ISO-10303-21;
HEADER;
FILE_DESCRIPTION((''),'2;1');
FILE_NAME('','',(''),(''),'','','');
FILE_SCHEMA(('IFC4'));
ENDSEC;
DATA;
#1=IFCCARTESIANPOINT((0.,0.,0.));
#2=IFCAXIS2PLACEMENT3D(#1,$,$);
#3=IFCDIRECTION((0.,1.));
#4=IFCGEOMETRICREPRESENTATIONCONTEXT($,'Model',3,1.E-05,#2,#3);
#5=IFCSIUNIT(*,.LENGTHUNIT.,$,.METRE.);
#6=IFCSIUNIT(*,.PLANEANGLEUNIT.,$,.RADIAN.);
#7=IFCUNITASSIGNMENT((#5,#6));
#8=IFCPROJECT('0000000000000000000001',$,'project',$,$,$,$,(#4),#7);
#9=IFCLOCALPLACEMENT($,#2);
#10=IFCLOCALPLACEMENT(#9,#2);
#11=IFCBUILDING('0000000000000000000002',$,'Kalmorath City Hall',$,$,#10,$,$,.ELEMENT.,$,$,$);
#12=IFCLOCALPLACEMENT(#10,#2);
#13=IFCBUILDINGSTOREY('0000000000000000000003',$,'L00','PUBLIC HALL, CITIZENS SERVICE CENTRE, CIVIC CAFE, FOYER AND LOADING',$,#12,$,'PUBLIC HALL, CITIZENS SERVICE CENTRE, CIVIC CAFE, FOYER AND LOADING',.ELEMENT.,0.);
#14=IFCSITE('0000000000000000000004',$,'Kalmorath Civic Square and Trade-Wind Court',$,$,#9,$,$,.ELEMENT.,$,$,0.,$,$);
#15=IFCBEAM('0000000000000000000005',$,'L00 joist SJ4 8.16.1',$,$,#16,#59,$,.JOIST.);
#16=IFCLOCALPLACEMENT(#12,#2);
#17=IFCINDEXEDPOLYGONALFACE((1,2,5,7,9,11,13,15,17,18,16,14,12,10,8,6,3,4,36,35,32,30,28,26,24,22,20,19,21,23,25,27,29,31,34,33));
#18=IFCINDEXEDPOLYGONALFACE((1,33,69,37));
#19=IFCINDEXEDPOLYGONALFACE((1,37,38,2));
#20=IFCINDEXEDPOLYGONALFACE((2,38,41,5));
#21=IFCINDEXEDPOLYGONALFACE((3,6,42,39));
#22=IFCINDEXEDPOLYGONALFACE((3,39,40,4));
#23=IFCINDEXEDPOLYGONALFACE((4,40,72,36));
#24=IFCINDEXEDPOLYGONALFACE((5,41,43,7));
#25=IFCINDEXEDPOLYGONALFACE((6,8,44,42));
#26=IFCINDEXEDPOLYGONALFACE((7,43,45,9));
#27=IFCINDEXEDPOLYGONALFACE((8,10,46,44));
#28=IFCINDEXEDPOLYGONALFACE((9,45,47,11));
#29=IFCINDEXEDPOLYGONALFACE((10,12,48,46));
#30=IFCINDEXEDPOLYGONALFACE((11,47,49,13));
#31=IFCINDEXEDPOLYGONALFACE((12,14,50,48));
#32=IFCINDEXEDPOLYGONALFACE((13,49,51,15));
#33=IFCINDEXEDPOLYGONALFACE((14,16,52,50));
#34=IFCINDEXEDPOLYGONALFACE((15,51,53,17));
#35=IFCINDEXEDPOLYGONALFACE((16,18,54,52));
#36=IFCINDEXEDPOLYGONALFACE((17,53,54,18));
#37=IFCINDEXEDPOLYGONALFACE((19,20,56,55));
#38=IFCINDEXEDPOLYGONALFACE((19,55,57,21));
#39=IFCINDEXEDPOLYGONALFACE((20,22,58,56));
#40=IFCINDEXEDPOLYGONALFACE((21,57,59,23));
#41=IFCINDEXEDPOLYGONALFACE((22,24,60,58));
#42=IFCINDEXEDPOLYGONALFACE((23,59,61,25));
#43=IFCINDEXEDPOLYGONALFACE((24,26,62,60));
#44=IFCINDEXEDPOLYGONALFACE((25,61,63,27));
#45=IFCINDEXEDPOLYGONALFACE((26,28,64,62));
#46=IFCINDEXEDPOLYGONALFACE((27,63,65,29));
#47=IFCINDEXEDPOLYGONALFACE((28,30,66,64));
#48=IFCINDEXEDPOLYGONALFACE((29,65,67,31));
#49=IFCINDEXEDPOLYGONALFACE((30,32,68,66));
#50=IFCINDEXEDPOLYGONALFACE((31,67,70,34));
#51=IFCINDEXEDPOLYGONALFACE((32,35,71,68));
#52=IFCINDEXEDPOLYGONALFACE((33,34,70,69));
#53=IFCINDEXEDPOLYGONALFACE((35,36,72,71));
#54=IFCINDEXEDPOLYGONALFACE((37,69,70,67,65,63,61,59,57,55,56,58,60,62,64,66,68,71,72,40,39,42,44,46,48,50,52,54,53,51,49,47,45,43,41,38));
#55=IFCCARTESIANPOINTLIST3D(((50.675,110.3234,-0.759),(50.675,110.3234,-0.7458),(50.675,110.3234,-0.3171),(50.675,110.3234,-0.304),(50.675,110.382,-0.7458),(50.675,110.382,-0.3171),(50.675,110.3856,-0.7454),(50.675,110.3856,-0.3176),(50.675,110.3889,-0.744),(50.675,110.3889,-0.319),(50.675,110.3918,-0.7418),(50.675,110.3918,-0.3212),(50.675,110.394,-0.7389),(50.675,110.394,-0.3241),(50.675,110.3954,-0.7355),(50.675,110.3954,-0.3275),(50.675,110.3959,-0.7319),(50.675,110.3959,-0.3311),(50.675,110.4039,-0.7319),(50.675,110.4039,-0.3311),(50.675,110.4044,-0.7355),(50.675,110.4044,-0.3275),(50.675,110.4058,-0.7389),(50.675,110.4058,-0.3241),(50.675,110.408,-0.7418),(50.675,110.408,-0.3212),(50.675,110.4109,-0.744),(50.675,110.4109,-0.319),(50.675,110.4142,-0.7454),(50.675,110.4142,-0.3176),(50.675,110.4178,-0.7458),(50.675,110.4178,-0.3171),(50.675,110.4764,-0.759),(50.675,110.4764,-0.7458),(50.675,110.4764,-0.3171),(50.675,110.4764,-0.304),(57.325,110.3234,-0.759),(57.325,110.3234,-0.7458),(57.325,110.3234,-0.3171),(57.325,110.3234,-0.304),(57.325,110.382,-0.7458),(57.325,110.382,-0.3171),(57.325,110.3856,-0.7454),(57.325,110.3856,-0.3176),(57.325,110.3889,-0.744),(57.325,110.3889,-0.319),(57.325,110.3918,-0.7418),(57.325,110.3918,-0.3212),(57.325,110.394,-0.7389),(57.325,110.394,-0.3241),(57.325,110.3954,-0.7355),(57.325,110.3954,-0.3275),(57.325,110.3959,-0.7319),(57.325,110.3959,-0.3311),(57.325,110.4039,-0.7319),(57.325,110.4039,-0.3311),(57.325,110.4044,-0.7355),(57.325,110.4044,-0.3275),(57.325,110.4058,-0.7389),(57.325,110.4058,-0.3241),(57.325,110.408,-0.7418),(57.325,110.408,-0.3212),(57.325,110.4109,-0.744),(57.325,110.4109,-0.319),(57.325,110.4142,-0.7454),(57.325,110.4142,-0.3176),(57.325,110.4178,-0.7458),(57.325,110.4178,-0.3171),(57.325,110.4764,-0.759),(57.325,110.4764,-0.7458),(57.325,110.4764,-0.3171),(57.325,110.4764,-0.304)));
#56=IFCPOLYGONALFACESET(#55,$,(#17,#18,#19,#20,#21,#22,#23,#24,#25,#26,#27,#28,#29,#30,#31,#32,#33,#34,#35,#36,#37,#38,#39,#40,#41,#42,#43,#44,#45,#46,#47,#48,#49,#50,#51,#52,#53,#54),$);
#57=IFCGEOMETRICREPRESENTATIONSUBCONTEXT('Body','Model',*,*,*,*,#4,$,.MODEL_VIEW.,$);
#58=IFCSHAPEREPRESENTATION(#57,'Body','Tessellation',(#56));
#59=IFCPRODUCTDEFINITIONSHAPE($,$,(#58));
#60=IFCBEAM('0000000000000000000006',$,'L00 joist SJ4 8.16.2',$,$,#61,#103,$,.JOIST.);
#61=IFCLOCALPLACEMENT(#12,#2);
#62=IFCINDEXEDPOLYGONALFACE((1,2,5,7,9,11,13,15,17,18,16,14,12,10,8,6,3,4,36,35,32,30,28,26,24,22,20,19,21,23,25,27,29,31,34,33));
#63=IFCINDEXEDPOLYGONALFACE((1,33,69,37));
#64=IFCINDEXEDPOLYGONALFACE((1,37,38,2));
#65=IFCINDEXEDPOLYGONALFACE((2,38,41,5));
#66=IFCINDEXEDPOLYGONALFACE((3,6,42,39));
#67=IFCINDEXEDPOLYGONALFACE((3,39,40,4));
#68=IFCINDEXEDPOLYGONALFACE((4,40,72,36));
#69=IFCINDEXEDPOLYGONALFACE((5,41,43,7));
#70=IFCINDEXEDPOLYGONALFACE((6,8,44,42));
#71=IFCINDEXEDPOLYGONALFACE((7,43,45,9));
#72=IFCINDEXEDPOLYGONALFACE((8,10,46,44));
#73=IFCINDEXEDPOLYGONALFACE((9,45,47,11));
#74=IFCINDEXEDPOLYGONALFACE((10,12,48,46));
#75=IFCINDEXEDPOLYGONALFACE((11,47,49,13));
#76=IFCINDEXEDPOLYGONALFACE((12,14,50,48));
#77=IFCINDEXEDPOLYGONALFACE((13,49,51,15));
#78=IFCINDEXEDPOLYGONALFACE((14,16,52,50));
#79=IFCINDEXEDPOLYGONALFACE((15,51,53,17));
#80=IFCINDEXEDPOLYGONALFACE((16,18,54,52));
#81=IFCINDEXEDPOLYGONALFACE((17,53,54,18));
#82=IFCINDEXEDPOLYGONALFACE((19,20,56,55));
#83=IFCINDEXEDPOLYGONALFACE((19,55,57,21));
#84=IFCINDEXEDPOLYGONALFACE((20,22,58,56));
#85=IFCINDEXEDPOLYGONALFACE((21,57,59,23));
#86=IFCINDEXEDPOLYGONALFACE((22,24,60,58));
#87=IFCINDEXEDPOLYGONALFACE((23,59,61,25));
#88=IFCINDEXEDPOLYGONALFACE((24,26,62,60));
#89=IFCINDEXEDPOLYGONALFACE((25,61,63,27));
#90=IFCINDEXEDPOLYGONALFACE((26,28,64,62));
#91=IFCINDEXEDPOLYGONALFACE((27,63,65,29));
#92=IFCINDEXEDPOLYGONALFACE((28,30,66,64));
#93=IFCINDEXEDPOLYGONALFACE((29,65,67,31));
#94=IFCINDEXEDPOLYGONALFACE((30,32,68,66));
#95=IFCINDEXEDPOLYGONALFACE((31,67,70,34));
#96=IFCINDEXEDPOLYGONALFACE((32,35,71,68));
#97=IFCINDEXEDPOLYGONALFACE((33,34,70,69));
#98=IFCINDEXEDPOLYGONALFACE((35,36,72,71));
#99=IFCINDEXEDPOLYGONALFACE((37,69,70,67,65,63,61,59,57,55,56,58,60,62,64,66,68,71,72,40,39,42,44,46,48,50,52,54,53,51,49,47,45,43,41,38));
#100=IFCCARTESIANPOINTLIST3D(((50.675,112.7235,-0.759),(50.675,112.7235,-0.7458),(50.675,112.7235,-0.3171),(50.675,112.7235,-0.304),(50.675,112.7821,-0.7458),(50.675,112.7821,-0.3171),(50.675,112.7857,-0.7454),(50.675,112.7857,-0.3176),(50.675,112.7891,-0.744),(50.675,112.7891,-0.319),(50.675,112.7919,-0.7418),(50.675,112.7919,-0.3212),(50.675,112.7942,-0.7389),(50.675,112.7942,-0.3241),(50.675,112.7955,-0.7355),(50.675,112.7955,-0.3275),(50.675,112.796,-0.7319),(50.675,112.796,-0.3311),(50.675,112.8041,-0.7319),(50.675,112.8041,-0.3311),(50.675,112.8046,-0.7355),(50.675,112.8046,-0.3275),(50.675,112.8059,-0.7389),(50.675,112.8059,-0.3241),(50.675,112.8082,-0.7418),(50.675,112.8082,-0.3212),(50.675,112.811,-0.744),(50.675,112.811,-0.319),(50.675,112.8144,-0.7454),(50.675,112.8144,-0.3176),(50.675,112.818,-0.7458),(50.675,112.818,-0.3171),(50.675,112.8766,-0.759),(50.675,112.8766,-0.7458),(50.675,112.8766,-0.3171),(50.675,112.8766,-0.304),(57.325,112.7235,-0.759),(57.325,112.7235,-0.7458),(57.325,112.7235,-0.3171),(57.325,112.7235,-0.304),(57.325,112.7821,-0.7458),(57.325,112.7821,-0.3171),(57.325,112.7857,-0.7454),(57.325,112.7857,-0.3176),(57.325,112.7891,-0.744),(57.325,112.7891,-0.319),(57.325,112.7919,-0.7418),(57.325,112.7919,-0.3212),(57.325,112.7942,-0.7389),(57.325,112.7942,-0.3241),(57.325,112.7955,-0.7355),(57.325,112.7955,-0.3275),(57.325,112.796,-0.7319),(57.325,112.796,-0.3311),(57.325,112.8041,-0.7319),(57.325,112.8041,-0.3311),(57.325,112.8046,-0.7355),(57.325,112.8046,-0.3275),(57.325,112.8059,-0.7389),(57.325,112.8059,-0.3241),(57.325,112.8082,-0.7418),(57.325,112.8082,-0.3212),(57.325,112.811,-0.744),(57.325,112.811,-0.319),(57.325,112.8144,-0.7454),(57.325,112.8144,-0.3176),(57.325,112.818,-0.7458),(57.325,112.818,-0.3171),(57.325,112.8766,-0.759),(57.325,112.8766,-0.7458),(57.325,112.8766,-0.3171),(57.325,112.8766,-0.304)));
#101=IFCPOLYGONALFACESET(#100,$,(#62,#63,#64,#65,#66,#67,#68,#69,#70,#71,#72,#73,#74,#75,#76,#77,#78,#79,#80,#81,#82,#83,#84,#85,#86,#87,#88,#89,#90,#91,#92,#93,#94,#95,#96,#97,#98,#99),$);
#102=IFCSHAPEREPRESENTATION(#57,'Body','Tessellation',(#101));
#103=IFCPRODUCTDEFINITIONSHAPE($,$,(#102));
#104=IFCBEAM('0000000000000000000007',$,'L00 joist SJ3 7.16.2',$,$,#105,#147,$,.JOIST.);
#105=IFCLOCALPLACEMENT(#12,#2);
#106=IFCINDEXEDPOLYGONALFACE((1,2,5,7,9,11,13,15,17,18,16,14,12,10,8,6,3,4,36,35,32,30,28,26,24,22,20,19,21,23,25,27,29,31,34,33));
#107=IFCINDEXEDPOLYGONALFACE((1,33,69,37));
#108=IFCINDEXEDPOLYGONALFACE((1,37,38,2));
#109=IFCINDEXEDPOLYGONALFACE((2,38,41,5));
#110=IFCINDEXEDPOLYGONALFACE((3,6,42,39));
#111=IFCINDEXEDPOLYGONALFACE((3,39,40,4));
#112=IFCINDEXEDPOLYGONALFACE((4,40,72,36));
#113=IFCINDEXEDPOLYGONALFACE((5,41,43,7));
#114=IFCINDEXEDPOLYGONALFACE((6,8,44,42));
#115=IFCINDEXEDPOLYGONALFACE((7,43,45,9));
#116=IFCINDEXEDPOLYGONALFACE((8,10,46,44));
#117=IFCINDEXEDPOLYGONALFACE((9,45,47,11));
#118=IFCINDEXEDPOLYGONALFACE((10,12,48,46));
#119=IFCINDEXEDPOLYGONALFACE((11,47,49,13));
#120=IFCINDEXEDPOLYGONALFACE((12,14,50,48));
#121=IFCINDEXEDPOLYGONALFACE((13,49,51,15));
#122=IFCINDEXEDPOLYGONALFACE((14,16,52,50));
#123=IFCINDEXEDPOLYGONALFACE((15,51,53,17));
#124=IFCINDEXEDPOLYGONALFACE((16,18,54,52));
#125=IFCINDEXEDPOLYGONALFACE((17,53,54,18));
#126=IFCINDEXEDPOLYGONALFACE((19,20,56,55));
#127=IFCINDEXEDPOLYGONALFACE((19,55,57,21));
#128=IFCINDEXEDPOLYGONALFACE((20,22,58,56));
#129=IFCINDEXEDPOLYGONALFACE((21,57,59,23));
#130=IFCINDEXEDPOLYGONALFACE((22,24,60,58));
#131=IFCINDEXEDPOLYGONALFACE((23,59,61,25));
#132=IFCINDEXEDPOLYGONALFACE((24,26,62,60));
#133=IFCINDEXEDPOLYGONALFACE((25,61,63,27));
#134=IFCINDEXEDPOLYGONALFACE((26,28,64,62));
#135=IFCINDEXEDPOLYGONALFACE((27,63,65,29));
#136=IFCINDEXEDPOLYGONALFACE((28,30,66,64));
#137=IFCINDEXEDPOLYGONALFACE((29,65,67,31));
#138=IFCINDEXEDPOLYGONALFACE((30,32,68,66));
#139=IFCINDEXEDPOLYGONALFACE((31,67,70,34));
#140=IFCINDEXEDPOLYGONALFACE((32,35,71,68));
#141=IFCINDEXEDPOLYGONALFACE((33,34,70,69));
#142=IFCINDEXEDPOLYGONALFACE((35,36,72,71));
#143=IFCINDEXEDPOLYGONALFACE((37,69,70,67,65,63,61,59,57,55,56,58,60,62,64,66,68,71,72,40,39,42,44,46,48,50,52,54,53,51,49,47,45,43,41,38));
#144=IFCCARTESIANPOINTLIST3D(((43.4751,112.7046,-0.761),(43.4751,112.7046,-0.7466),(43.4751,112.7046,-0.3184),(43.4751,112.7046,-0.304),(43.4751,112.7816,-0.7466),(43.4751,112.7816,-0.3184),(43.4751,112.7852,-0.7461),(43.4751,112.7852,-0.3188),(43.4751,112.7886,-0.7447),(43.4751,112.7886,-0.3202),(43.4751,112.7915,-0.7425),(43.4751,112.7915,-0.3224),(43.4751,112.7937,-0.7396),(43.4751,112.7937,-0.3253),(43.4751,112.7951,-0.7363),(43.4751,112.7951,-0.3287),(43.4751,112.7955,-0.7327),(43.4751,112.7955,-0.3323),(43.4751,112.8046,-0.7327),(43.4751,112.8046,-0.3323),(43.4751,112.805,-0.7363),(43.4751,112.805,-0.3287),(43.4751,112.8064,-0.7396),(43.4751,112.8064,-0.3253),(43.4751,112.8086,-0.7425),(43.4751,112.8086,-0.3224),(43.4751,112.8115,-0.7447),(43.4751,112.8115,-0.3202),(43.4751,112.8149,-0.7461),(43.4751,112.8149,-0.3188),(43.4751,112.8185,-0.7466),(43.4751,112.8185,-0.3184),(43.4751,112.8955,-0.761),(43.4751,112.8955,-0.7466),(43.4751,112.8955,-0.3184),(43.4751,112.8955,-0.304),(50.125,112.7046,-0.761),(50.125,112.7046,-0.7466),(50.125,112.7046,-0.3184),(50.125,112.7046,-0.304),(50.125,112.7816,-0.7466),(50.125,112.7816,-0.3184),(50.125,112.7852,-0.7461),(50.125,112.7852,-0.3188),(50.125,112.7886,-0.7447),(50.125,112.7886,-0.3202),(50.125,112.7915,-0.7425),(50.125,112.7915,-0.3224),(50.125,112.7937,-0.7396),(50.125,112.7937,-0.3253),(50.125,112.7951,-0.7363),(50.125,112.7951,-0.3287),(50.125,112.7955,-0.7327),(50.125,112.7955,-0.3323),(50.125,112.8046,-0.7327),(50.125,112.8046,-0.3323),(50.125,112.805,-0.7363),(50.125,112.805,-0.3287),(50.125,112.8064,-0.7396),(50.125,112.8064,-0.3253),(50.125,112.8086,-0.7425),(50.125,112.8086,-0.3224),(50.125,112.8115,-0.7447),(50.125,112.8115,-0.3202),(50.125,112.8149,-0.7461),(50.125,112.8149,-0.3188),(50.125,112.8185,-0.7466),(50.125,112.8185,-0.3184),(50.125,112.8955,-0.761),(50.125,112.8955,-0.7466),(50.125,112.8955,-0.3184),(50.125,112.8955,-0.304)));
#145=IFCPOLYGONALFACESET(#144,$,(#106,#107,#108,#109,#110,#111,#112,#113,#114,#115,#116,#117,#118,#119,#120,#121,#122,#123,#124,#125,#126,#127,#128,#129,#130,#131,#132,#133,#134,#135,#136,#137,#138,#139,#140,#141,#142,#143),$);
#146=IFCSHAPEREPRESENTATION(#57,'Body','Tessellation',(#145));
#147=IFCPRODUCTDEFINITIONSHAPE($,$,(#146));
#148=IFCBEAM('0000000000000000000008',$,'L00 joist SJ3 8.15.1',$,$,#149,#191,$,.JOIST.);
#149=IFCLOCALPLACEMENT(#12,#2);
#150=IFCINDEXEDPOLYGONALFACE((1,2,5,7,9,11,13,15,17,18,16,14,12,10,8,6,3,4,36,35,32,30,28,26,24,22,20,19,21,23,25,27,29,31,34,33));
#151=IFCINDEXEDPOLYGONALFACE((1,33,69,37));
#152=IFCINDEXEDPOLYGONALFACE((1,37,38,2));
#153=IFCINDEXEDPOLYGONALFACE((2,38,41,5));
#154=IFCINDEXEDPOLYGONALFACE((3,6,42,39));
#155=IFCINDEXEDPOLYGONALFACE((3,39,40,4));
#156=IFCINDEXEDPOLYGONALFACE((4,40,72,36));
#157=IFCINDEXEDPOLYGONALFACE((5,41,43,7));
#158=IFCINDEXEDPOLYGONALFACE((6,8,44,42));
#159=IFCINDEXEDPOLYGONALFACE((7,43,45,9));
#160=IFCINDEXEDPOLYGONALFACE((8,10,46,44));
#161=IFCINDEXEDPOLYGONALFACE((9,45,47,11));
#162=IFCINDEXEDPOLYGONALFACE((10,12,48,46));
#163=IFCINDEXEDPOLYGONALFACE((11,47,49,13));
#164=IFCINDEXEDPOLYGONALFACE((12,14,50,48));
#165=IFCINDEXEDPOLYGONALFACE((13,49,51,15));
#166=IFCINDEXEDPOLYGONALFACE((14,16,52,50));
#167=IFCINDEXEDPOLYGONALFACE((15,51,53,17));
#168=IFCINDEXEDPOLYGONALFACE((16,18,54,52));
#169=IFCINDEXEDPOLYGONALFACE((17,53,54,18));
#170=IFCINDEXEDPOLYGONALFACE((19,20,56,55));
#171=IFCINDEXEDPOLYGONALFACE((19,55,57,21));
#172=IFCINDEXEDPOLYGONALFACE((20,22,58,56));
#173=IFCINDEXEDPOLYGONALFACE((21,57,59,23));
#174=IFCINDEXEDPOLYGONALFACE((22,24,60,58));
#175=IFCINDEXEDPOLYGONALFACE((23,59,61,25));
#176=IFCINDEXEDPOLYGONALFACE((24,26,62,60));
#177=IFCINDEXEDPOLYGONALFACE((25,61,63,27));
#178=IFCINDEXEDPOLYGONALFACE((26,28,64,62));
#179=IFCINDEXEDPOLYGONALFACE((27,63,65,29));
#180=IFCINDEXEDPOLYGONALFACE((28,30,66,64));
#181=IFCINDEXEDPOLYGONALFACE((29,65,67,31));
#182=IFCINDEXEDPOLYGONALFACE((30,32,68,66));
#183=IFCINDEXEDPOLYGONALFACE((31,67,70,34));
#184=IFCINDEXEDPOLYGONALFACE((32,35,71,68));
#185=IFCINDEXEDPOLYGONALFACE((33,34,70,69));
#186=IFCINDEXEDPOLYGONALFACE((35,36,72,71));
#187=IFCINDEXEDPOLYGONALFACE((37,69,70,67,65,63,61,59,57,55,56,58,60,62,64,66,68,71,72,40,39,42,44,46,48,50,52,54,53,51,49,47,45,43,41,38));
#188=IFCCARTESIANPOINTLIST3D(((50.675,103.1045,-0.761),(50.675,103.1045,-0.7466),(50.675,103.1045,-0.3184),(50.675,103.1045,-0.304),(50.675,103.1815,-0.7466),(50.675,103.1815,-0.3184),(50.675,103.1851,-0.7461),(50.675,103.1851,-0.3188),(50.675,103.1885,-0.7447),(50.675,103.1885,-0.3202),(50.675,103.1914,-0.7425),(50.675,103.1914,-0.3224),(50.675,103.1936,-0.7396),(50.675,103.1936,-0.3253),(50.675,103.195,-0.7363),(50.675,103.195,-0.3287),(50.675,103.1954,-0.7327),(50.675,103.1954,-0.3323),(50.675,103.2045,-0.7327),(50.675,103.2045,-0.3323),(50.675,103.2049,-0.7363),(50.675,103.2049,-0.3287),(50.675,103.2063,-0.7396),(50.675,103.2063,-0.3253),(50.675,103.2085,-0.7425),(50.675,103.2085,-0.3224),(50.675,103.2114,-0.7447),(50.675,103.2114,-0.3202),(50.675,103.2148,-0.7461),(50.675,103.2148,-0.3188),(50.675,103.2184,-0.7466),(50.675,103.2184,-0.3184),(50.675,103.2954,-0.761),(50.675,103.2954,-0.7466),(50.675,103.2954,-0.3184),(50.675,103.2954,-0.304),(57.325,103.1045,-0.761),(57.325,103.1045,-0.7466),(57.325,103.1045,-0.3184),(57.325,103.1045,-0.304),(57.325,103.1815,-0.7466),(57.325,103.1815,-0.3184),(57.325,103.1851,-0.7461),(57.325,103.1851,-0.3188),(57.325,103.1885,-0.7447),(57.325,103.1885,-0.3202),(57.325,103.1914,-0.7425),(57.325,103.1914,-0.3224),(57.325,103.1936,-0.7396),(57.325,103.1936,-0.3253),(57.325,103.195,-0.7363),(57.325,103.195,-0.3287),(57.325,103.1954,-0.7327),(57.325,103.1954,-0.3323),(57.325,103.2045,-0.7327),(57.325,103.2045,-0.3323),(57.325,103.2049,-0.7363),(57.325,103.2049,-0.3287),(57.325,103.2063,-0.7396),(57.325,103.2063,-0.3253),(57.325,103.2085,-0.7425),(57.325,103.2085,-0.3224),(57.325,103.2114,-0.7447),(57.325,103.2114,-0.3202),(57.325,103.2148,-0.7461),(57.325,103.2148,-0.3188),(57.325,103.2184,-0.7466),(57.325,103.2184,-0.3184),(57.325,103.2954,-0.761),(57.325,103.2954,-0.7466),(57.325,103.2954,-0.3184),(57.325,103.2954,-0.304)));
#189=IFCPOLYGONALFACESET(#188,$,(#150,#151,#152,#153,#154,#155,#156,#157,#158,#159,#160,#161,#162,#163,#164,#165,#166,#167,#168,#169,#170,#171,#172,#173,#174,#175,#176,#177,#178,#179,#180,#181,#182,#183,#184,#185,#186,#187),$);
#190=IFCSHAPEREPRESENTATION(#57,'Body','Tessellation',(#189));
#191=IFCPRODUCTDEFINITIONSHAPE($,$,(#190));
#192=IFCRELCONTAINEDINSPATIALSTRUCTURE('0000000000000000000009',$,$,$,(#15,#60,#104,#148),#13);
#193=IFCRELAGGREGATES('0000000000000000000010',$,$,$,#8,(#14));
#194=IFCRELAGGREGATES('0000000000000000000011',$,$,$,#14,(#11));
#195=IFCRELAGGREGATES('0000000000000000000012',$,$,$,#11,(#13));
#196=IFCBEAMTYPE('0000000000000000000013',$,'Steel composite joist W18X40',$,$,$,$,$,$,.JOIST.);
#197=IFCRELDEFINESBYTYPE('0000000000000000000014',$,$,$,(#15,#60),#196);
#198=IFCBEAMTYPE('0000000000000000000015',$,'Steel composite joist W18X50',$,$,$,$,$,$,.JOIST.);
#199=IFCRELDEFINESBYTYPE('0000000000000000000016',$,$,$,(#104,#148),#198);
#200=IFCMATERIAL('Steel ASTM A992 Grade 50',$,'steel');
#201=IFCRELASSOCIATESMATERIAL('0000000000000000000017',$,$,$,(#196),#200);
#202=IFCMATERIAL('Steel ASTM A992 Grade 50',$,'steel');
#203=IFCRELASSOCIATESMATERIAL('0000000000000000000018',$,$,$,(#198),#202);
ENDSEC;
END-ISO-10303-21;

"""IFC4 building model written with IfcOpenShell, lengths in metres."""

from ifc_helpers import new_model, si_unit, direction, frame, origin, origin_2d, place, context, subcontext, project, spatial, i_section, extrude, material, material_profile, profile_set, type_object, element, save


model = new_model("IFC4")

# Units and contexts
model_context = context("Model", 3, precision=1e-05, world=origin(), true_north=direction((0.0, 1.0)))
body_context = subcontext(model_context, "Body", "Model", "MODEL_VIEW")
ifc_project = project(units=[si_unit("LENGTHUNIT", "METRE"), si_unit("PLANEANGLEUNIT", "RADIAN")], contexts=[model_context])

# Site, building, storey
site_placement = place(None, origin())
site = spatial("IfcSite", under=ifc_project, at=site_placement, Name="Kalmorath Civic Square and Trade-Wind Court", CompositionType="ELEMENT", RefElevation=0.0)
building_placement = place(site_placement, origin())
building = spatial("IfcBuilding", under=site, at=building_placement, Name="Kalmorath City Hall", CompositionType="ELEMENT")
storey_placement = place(building_placement, origin())
storey = spatial("IfcBuildingStorey", under=building, at=storey_placement, Name="L00", Description="PUBLIC HALL, CITIZENS SERVICE CENTRE, CIVIC CAFE, FOYER AND LOADING", LongName="PUBLIC HALL, CITIZENS SERVICE CENTRE, CIVIC CAFE, FOYER AND LOADING", CompositionType="ELEMENT", Elevation=0.0)

# Beams
ifc_material_1 = material(Name="Steel ASTM A992 Grade 50", Category="steel")
ifc_material_profile_1 = material_profile(ifc_material_1, i_section(OverallWidth=0.1531, OverallDepth=0.4551, WebThickness=0.0081, FlangeThickness=0.0132, FilletRadius=0.0139, at=origin_2d()), Name="W18X40")
ifc_profile_set_1 = profile_set([ifc_material_profile_1], Name="Steel ASTM A992 Grade 50")
beam_type_1 = type_object("IfcBeamType", Name="Steel composite joist W18X40", PredefinedType="JOIST", material=ifc_profile_set_1)
for number, where, z_axis, x_axis, name in (
    (1, (50.675, 110.3999, -0.5315), (1.0, 0.0, 0.0), (0.0, 1.0, 0.0), "L00 joist SJ4 8.16.1"),
    (2, (50.675, 112.8, -0.5315), (1.0, 0.0, 0.0), (0.0, 1.0, 0.0), "L00 joist SJ4 8.16.2"),
):
    element("IfcBeam", number, at=place(storey_placement, frame(where, z_axis=z_axis, x_axis=x_axis)), inside=storey, type_object=beam_type_1, Name=name, PredefinedType="JOIST", context=body_context, shape_type="SweptSolid", body=[
        extrude(i_section(OverallWidth=0.1531, OverallDepth=0.4551, WebThickness=0.0081, FlangeThickness=0.0132, FilletRadius=0.0139, at=origin_2d()), origin(), (0.0, 0.0, 1.0), 6.6499),
    ])
ifc_material_2 = material(Name="Steel ASTM A992 Grade 50", Category="steel")
ifc_material_profile_2 = material_profile(ifc_material_2, i_section(OverallWidth=0.1909, OverallDepth=0.457, WebThickness=0.009, FlangeThickness=0.0144, FilletRadius=0.0139, at=origin_2d()), Name="W18X50")
ifc_profile_set_2 = profile_set([ifc_material_profile_2], Name="Steel ASTM A992 Grade 50")
beam_type_2 = type_object("IfcBeamType", Name="Steel composite joist W18X50", PredefinedType="JOIST", material=ifc_profile_set_2)
for number, where, z_axis, x_axis, name in (
    (3, (43.4751, 112.8, -0.5325), (1.0, 0.0, 0.0), (0.0, 1.0, 0.0), "L00 joist SJ3 7.16.2"),
    (4, (50.675, 103.2, -0.5325), (1.0, 0.0, 0.0), (0.0, 1.0, 0.0), "L00 joist SJ3 8.15.1"),
):
    element("IfcBeam", number, at=place(storey_placement, frame(where, z_axis=z_axis, x_axis=x_axis)), inside=storey, type_object=beam_type_2, Name=name, PredefinedType="JOIST", context=body_context, shape_type="SweptSolid", body=[
        extrude(i_section(OverallWidth=0.1909, OverallDepth=0.457, WebThickness=0.009, FlangeThickness=0.0144, FilletRadius=0.0139, at=origin_2d()), origin(), (0.0, 0.0, 1.0), 6.6499),
    ])

save(model, "model.ifc")
